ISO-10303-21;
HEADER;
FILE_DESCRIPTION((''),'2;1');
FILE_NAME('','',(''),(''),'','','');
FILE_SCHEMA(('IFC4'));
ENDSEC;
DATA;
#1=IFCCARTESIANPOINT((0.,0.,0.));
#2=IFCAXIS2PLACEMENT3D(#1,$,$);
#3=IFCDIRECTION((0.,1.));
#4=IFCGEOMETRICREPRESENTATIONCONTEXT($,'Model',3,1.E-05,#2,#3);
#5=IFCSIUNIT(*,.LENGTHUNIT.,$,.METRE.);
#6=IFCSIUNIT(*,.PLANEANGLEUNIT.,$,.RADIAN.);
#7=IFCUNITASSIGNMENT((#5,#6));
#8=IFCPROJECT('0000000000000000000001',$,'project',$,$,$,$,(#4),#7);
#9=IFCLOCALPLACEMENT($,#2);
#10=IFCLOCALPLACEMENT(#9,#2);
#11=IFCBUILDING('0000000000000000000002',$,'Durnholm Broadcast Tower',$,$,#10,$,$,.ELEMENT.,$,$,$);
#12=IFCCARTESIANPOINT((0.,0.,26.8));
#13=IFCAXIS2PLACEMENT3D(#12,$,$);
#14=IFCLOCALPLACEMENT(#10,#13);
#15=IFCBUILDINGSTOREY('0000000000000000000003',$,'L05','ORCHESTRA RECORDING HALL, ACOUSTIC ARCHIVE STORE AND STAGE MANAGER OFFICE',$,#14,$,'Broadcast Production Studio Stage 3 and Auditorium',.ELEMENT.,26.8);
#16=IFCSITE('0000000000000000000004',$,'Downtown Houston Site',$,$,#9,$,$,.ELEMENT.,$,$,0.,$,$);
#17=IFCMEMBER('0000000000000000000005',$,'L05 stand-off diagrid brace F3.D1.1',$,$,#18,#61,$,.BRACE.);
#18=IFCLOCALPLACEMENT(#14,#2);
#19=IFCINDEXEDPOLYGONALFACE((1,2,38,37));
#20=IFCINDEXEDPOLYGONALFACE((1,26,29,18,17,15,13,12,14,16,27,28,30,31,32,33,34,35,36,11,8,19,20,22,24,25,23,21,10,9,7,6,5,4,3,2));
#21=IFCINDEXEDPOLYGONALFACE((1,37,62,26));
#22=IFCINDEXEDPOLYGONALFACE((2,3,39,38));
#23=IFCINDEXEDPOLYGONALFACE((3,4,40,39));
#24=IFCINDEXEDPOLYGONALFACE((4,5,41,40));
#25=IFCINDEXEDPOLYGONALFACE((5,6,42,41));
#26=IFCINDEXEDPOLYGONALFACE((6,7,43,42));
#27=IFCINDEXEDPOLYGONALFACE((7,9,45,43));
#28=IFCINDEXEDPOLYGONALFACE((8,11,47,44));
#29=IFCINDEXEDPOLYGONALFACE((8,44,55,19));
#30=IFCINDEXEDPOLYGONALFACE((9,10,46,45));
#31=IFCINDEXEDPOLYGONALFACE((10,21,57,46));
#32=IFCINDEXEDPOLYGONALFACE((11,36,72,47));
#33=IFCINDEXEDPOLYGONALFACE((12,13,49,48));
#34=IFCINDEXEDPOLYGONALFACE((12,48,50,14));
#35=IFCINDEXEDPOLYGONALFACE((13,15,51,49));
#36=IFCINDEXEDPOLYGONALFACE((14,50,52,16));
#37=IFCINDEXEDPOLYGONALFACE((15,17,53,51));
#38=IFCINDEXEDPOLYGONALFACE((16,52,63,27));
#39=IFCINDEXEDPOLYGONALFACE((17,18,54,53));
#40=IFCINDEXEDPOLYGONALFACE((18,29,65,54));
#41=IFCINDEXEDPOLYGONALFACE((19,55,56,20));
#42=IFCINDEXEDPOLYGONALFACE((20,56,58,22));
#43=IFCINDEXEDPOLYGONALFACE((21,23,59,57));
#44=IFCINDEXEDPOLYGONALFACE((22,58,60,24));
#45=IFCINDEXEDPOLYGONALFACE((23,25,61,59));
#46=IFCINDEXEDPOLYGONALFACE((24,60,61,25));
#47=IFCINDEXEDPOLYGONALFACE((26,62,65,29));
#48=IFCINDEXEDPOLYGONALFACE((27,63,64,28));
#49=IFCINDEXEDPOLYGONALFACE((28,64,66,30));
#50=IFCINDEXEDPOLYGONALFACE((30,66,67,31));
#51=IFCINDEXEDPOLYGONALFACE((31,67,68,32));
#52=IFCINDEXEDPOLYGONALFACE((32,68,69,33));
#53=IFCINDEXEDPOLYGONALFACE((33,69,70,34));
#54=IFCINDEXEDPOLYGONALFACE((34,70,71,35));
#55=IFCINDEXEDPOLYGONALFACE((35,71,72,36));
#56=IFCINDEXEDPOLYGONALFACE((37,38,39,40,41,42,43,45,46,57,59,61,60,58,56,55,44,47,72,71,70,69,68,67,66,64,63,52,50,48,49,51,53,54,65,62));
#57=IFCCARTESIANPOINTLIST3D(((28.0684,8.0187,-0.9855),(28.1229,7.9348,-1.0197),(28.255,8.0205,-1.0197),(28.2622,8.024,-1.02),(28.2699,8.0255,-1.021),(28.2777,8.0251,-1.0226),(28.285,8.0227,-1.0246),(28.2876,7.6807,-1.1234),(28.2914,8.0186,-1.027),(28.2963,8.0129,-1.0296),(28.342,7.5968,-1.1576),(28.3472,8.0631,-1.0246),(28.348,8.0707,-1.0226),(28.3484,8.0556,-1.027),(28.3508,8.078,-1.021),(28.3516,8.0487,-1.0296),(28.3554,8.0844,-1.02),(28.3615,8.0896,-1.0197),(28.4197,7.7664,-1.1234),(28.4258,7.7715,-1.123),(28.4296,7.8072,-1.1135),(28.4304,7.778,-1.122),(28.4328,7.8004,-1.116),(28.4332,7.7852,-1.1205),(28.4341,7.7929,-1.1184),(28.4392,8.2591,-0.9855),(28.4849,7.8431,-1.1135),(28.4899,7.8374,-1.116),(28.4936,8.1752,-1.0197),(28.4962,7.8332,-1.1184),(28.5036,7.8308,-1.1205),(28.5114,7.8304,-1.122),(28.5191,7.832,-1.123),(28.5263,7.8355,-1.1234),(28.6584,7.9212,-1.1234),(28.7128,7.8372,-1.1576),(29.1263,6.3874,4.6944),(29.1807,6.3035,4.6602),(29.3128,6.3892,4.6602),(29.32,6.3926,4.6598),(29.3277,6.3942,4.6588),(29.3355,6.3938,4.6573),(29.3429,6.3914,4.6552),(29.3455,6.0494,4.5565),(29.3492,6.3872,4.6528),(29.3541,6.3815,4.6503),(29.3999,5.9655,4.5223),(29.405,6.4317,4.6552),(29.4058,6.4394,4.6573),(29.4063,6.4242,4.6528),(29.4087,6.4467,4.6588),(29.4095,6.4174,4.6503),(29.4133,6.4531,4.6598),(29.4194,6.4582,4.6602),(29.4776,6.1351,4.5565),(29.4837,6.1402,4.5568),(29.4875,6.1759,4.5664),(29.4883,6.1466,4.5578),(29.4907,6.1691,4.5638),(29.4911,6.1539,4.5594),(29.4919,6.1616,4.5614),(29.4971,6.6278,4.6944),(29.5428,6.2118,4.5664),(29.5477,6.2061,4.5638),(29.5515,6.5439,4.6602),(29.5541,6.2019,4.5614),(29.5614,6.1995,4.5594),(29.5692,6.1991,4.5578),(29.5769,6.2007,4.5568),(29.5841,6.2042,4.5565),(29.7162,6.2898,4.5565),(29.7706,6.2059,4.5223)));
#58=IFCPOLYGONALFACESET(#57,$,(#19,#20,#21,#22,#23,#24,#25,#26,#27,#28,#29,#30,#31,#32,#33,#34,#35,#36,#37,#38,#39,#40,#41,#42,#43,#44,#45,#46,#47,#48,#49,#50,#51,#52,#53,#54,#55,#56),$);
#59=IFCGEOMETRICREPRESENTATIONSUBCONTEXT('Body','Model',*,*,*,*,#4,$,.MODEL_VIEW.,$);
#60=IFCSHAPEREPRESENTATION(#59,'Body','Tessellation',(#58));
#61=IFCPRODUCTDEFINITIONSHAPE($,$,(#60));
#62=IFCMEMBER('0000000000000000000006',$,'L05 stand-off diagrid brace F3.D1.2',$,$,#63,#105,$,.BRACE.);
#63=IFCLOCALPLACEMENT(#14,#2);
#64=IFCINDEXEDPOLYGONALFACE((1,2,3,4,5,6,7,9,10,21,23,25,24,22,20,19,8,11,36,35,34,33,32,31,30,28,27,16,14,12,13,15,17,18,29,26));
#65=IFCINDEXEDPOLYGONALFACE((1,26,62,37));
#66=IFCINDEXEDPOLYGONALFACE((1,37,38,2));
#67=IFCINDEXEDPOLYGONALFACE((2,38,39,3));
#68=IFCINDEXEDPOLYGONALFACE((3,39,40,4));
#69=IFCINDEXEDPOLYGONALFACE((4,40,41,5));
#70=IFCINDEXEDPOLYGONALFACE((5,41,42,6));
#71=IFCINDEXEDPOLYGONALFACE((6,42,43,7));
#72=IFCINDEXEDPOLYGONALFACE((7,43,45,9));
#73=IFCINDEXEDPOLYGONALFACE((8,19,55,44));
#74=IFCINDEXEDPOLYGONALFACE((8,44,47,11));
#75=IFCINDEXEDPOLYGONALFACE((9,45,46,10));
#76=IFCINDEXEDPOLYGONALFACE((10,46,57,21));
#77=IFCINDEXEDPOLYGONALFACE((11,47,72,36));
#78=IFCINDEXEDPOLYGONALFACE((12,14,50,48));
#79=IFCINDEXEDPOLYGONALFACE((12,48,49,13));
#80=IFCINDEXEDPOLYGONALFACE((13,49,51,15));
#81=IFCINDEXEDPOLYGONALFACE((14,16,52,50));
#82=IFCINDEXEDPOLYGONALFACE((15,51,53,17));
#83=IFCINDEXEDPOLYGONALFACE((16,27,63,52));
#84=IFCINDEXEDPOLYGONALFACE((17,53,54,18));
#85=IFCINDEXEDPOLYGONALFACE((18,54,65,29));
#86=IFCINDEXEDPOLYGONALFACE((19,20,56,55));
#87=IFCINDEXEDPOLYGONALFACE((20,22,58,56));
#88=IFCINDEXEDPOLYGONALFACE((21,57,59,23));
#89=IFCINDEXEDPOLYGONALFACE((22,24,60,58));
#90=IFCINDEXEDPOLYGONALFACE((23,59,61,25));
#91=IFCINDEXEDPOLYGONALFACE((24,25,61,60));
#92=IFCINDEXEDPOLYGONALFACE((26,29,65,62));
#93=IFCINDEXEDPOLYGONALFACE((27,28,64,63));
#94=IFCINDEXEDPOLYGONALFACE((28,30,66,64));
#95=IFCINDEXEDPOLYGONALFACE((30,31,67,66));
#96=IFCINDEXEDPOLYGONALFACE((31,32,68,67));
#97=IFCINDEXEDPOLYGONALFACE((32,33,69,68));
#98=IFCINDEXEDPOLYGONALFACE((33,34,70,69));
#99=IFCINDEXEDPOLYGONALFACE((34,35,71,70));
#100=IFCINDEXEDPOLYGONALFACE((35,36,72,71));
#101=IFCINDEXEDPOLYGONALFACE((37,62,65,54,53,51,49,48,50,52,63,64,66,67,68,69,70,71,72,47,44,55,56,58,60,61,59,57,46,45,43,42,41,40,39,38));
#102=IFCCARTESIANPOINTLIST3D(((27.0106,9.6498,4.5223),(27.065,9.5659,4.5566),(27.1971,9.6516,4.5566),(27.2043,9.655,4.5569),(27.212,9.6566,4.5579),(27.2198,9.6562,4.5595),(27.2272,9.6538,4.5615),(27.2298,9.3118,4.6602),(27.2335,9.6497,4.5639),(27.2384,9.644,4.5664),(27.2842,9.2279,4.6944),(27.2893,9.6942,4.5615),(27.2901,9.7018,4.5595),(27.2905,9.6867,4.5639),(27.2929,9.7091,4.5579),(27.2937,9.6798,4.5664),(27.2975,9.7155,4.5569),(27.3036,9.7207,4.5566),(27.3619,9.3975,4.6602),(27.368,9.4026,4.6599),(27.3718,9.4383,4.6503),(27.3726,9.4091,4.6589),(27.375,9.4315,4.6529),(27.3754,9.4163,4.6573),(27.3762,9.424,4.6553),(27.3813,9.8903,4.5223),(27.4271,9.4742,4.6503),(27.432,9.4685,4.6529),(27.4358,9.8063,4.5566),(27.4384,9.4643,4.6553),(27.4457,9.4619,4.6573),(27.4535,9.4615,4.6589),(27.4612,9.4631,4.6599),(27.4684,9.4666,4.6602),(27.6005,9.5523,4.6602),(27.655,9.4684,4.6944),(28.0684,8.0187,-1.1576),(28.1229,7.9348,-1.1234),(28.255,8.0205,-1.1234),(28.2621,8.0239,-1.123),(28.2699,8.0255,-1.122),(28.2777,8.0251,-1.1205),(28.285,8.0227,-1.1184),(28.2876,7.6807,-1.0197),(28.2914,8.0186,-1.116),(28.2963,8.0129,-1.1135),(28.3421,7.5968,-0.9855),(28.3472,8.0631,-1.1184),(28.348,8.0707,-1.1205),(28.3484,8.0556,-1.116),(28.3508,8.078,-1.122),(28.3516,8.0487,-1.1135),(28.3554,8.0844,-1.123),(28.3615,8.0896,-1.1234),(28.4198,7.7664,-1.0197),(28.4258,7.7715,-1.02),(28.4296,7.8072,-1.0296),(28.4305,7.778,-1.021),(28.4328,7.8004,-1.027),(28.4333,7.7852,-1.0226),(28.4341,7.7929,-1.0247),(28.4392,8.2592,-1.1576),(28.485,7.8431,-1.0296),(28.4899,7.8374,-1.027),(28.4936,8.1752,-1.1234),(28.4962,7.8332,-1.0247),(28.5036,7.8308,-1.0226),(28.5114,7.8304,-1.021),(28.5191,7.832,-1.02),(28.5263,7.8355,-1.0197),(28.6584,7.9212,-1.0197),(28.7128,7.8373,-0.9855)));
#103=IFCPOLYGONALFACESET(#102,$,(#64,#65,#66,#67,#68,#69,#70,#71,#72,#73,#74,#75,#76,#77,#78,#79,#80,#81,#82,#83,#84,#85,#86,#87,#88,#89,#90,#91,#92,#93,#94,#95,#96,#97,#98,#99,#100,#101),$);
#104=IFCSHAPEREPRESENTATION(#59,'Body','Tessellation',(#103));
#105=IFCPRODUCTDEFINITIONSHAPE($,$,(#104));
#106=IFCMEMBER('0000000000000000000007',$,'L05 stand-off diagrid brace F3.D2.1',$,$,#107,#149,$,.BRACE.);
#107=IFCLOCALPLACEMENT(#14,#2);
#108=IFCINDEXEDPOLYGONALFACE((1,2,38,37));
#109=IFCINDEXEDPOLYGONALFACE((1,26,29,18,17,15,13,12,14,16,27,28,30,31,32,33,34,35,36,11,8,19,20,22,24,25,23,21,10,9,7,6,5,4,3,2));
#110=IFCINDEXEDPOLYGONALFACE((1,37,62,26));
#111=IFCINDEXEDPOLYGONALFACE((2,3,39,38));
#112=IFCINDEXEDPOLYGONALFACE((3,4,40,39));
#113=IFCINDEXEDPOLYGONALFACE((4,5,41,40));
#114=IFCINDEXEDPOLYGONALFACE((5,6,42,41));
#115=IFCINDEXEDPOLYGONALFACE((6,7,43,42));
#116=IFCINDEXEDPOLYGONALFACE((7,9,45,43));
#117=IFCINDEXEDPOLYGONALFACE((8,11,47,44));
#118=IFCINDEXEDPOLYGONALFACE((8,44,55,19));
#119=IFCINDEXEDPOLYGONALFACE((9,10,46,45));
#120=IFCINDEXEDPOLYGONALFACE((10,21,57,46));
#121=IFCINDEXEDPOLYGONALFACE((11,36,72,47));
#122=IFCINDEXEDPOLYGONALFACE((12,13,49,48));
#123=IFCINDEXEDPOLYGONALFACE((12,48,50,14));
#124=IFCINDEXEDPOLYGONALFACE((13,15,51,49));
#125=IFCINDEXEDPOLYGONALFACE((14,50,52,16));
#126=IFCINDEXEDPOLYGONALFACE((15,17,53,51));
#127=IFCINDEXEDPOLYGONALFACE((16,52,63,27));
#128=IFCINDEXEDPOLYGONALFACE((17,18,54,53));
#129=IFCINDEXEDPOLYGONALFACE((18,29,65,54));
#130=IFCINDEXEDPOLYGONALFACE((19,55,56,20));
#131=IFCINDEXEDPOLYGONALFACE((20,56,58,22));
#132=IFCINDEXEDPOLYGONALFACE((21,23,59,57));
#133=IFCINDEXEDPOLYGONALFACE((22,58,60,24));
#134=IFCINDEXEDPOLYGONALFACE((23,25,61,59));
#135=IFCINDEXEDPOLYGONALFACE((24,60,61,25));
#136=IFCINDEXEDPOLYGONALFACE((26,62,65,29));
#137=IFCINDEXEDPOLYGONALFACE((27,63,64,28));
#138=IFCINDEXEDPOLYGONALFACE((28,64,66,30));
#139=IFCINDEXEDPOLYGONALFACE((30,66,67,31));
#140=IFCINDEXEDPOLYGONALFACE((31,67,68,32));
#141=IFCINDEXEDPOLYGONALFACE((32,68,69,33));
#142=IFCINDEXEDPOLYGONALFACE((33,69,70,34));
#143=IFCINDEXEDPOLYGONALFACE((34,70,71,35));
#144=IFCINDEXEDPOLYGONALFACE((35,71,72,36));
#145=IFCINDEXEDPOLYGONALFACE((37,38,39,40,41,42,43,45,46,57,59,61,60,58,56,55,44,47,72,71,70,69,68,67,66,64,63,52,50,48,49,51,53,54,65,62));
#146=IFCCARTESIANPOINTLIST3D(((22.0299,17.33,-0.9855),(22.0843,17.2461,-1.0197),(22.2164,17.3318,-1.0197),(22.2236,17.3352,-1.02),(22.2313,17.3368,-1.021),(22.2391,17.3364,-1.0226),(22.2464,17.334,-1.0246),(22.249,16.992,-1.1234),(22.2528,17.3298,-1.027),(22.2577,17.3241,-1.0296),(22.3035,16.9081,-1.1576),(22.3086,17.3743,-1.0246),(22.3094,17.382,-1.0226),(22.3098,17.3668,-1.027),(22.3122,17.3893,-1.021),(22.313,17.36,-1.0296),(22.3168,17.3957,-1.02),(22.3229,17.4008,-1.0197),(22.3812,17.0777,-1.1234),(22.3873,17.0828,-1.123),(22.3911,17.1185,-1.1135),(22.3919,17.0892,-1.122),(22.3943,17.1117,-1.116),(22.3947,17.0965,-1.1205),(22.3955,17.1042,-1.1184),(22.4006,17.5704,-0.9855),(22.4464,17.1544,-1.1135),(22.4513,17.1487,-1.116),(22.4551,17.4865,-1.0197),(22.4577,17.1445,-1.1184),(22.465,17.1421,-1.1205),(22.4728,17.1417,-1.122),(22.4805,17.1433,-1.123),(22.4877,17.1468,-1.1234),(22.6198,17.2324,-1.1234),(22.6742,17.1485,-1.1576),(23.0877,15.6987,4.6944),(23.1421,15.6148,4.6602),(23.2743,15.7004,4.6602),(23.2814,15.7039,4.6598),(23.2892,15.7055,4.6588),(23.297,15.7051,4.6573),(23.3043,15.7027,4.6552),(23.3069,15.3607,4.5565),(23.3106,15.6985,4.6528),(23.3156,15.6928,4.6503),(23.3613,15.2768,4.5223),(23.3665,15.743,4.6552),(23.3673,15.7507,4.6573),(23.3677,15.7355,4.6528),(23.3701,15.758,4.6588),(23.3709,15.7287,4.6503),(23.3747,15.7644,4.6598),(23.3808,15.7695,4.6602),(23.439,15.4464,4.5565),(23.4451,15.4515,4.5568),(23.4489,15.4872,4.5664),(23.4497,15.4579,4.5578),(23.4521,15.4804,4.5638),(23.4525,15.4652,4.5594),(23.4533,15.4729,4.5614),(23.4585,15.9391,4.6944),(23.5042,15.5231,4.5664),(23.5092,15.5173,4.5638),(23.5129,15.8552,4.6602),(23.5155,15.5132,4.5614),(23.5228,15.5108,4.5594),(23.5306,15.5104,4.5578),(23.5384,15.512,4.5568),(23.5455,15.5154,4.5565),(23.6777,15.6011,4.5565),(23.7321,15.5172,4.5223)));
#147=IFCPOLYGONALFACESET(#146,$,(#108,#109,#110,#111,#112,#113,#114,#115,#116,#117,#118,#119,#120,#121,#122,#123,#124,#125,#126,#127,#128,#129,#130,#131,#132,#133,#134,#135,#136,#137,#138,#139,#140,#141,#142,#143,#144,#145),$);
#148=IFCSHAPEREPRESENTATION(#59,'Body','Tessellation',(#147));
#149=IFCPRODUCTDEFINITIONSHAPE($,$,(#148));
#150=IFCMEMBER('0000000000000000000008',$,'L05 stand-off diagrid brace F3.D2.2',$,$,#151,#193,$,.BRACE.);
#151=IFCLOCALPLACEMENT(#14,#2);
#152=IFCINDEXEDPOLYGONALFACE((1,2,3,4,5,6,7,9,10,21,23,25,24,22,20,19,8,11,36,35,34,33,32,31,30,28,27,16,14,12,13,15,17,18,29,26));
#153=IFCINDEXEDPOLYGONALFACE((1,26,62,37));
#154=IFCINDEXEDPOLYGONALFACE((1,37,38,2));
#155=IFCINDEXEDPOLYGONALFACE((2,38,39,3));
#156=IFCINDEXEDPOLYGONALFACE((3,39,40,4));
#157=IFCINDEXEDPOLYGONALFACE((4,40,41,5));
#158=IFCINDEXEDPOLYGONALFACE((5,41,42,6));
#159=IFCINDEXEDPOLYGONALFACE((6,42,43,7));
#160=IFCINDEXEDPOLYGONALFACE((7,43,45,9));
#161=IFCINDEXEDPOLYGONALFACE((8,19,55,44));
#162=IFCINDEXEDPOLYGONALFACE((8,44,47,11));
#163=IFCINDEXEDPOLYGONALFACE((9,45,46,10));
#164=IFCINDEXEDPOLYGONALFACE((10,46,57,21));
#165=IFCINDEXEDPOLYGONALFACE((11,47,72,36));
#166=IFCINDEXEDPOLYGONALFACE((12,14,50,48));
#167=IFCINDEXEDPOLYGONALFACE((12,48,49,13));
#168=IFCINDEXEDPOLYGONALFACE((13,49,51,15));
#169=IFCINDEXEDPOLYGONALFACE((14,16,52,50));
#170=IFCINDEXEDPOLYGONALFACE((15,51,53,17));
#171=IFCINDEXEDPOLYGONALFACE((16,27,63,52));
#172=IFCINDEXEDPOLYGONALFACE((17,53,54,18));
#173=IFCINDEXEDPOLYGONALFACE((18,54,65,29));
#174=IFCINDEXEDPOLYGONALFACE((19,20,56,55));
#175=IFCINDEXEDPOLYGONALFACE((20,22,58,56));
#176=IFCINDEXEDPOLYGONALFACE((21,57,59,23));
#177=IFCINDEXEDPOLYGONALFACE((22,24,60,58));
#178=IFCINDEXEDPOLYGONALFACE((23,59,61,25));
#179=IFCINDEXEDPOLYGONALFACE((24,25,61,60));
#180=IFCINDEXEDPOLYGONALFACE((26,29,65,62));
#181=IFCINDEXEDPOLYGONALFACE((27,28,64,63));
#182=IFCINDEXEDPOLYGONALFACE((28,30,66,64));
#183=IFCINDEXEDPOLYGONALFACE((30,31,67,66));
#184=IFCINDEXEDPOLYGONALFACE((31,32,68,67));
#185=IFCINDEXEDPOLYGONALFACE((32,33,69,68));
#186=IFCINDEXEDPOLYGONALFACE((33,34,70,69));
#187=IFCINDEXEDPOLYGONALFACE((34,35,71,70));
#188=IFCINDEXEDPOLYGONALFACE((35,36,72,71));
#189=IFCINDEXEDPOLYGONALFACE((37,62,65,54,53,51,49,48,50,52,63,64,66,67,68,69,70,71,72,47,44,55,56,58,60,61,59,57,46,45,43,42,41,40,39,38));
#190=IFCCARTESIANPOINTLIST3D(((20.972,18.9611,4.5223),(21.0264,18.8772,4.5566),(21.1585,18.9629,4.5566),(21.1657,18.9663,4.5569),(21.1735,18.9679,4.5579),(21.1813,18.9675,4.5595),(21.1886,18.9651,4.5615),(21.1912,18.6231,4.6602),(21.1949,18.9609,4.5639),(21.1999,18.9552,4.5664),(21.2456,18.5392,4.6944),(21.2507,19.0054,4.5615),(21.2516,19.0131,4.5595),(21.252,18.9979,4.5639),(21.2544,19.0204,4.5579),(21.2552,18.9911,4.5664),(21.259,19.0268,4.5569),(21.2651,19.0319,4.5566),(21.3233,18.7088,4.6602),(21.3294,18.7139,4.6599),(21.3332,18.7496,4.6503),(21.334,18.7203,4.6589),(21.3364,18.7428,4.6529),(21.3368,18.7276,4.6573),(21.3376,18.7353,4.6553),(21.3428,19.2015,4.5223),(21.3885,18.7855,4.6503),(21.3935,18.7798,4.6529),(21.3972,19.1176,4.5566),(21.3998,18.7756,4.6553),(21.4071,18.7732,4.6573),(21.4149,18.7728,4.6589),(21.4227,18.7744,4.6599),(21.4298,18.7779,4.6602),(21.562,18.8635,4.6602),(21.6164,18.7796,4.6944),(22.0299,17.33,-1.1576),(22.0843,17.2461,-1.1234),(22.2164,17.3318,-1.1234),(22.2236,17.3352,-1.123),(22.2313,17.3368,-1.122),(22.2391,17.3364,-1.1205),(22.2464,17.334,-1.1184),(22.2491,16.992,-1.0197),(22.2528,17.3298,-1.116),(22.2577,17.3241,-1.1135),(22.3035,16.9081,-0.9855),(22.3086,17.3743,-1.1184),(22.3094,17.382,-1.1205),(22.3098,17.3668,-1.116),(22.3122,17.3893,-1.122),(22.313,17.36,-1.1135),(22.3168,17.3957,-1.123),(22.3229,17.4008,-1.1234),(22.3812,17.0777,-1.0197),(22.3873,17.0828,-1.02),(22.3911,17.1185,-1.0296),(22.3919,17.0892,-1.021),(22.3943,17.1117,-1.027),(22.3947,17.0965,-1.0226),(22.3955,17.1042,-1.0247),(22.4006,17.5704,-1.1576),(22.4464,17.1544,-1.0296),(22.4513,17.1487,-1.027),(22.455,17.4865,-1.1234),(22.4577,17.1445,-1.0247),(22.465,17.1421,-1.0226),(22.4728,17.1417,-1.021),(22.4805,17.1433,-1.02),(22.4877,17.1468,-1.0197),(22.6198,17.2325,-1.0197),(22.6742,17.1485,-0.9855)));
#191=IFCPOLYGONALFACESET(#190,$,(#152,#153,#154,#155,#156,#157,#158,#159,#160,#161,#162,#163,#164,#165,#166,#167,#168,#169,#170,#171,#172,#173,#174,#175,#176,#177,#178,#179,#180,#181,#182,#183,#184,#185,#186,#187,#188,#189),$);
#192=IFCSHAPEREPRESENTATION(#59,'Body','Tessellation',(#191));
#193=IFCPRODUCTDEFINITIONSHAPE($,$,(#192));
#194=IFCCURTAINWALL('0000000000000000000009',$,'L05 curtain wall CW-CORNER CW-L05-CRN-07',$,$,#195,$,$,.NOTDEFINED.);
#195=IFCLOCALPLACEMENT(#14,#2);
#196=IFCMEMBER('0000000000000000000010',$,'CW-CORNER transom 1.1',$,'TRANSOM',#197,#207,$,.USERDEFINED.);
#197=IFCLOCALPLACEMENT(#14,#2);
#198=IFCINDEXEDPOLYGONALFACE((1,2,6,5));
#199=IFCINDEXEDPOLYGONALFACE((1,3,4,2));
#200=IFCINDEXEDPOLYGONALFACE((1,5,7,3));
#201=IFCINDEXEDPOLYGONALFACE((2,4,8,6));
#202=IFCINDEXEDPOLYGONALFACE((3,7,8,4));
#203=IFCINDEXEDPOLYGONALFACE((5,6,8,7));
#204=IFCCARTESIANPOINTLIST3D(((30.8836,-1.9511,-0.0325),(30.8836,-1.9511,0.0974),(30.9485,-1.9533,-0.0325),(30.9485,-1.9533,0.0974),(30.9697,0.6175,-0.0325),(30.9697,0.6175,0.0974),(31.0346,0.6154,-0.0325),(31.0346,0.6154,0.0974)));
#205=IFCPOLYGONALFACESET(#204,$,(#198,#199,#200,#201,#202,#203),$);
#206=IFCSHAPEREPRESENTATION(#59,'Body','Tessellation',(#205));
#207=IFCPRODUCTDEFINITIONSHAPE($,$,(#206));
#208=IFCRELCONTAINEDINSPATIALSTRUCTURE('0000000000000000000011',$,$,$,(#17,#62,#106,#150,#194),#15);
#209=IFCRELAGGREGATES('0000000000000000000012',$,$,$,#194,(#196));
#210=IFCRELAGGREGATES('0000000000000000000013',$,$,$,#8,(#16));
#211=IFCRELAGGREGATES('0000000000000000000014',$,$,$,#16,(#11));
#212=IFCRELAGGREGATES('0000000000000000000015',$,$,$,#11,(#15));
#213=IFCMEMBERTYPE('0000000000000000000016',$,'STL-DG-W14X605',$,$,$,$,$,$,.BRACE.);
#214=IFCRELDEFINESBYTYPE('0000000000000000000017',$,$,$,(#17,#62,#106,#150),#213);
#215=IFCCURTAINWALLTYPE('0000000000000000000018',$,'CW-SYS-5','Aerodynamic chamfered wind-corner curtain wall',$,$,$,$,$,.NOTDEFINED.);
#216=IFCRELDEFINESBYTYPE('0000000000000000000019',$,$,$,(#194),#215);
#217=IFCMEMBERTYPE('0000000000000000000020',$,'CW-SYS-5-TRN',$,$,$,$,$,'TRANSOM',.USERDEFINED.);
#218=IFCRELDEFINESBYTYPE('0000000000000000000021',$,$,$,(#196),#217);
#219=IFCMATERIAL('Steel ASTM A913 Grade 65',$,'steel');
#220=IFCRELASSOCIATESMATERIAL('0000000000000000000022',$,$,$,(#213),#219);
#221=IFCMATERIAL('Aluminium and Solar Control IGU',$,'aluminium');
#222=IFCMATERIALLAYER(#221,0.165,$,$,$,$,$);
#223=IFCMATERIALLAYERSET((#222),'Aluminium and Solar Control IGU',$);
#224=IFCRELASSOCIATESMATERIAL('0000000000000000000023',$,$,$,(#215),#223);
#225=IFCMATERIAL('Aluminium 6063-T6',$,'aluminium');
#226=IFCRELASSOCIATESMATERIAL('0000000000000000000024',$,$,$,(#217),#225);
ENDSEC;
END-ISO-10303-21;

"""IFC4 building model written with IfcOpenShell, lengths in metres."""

from ifc_helpers import new_model, si_unit, direction, frame, origin, origin_2d, place, context, subcontext, project, spatial, rectangle, i_section, extrude, source, transform, mapped, material, layer, layer_set, material_profile, profile_set, type_object, type_shapes, element, aggregate, save


model = new_model("IFC4")

# Units and contexts
model_context = context("Model", 3, precision=1e-05, world=origin(), true_north=direction((0.0, 1.0)))
body_context = subcontext(model_context, "Body", "Model", "MODEL_VIEW")
ifc_project = project(units=[si_unit("LENGTHUNIT", "METRE"), si_unit("PLANEANGLEUNIT", "RADIAN")], contexts=[model_context])

# Site, building, storey
site_placement = place(None, origin())
site = spatial("IfcSite", under=ifc_project, at=site_placement, Name="Downtown Houston Site", CompositionType="ELEMENT", RefElevation=0.0)
building_placement = place(site_placement, origin())
building = spatial("IfcBuilding", under=site, at=building_placement, Name="Durnholm Broadcast Tower", CompositionType="ELEMENT")
storey_placement = place(building_placement, frame((0.0, 0.0, 26.8)))
storey = spatial("IfcBuildingStorey", under=building, at=storey_placement, Name="L05", Description="ORCHESTRA RECORDING HALL, ACOUSTIC ARCHIVE STORE AND STAGE MANAGER OFFICE", LongName="Broadcast Production Studio Stage 3 and Auditorium", CompositionType="ELEMENT", Elevation=26.8)

# Shared definitions
ifc_material_1 = material(Name="Steel ASTM A913 Grade 65", Category="steel")

# Members
ifc_material_profile_1 = material_profile(ifc_material_1, i_section(OverallWidth=0.4419, OverallDepth=0.5315, WebThickness=0.0659, FlangeThickness=0.1057, FilletRadius=0.0305, at=origin_2d()), Name="W14X605")
ifc_profile_set_1 = profile_set([ifc_material_profile_1], Name="Steel ASTM A913 Grade 65")
member_type_1 = type_object("IfcMemberType", Name="STL-DG-W14X605", PredefinedType="BRACE", material=ifc_profile_set_1)
shared_shape_1 = source(origin(), body_context, "Body", "SweptSolid", [
    extrude(i_section(OverallWidth=0.4419, OverallDepth=0.5315, WebThickness=0.0659, FlangeThickness=0.1057, FilletRadius=0.0305, at=origin_2d()), origin(), (0.0, 0.0, 1.0), 6.0034),
])
type_shapes(member_type_1, [shared_shape_1])
for number, where, z_axis, x_axis, name in (
    (1, (28.3906, 7.928, -1.0715), (0.176207, -0.271733, 0.946104), (0.839034, 0.544079, 0.0), "L05 stand-off diagrid brace F3.D1.1"),
    (2, (28.3906, 7.928, -1.0715), (-0.176209, 0.271695, 0.946114), (-0.838997, -0.544136, 0.0), "L05 stand-off diagrid brace F3.D1.2"),
    (3, (22.3521, 17.2393, -1.0715), (0.176207, -0.271733, 0.946104), (0.839034, 0.544079, 0.0), "L05 stand-off diagrid brace F3.D2.1"),
    (4, (22.3521, 17.2393, -1.0715), (-0.176209, 0.271695, 0.946114), (-0.838997, -0.544136, 0.0), "L05 stand-off diagrid brace F3.D2.2"),
):
    element("IfcMember", number, at=place(storey_placement, frame(where, z_axis=z_axis, x_axis=x_axis)), inside=storey, type_object=member_type_1, Name=name, PredefinedType="BRACE", context=body_context, shape_type="MappedRepresentation", body=[
        mapped(shared_shape_1, transform((0.0, 0.0, 0.0), x_axis=(1.0, 0.0, 0.0), y_axis=(0.0, 1.0, 0.0), z_axis=(0.0, 0.0, 1.0), scale=1.0)),
    ])

# Curtain wall, member
ifc_material_2 = material(Name="Aluminium and Solar Control IGU", Category="aluminium")
ifc_layer_1 = layer(ifc_material_2, 0.165)
ifc_layer_set_1 = layer_set([ifc_layer_1], Name="Aluminium and Solar Control IGU")
curtain_wall_type_1 = type_object("IfcCurtainWallType", Name="CW-SYS-5", Description="Aerodynamic chamfered wind-corner curtain wall", PredefinedType="NOTDEFINED", material=ifc_layer_set_1)
curtain_wall_1_placement = place(storey_placement, origin())
curtain_wall_1 = element("IfcCurtainWall", 5, at=curtain_wall_1_placement, inside=storey, type_object=curtain_wall_type_1, Name="L05 curtain wall CW-CORNER CW-L05-CRN-07", PredefinedType="NOTDEFINED")
ifc_material_3 = material(Name="Aluminium 6063-T6", Category="aluminium")
ifc_material_profile_2 = material_profile(ifc_material_3, rectangle(XDim=0.0649, YDim=0.1299, at=origin_2d()), Name="CWT65X130")
ifc_profile_set_2 = profile_set([ifc_material_profile_2], Name="Aluminium 6063-T6")
member_type_2 = type_object("IfcMemberType", Name="CW-SYS-5-TRN", ElementType="TRANSOM", PredefinedType="USERDEFINED", material=ifc_profile_set_2)
shared_shape_2 = source(origin(), body_context, "Body", "SweptSolid", [
    extrude(rectangle(XDim=0.0649, YDim=0.1299, at=origin_2d()), origin(), (0.0, 0.0, 1.0), 2.5701),
])
member_1_placement = place(storey_placement, frame((31.0022, 0.6165, 0.0325), z_axis=(-0.033533, -0.999438, 0.0), x_axis=(0.999438, -0.033533, 0.0)))
member_1 = element("IfcMember", 6, at=member_1_placement, type_object=member_type_2, Name="CW-CORNER transom 1.1", ObjectType="TRANSOM", PredefinedType="USERDEFINED", context=body_context, shape_type="MappedRepresentation", body=[
    mapped(shared_shape_2, transform((0.0, 0.0, 0.0), x_axis=(1.0, 0.0, 0.0), y_axis=(0.0, 1.0, 0.0), z_axis=(0.0, 0.0, 1.0), scale=1.0)),
])

aggregate(curtain_wall_1, [member_1])

save(model, "model.ifc")
